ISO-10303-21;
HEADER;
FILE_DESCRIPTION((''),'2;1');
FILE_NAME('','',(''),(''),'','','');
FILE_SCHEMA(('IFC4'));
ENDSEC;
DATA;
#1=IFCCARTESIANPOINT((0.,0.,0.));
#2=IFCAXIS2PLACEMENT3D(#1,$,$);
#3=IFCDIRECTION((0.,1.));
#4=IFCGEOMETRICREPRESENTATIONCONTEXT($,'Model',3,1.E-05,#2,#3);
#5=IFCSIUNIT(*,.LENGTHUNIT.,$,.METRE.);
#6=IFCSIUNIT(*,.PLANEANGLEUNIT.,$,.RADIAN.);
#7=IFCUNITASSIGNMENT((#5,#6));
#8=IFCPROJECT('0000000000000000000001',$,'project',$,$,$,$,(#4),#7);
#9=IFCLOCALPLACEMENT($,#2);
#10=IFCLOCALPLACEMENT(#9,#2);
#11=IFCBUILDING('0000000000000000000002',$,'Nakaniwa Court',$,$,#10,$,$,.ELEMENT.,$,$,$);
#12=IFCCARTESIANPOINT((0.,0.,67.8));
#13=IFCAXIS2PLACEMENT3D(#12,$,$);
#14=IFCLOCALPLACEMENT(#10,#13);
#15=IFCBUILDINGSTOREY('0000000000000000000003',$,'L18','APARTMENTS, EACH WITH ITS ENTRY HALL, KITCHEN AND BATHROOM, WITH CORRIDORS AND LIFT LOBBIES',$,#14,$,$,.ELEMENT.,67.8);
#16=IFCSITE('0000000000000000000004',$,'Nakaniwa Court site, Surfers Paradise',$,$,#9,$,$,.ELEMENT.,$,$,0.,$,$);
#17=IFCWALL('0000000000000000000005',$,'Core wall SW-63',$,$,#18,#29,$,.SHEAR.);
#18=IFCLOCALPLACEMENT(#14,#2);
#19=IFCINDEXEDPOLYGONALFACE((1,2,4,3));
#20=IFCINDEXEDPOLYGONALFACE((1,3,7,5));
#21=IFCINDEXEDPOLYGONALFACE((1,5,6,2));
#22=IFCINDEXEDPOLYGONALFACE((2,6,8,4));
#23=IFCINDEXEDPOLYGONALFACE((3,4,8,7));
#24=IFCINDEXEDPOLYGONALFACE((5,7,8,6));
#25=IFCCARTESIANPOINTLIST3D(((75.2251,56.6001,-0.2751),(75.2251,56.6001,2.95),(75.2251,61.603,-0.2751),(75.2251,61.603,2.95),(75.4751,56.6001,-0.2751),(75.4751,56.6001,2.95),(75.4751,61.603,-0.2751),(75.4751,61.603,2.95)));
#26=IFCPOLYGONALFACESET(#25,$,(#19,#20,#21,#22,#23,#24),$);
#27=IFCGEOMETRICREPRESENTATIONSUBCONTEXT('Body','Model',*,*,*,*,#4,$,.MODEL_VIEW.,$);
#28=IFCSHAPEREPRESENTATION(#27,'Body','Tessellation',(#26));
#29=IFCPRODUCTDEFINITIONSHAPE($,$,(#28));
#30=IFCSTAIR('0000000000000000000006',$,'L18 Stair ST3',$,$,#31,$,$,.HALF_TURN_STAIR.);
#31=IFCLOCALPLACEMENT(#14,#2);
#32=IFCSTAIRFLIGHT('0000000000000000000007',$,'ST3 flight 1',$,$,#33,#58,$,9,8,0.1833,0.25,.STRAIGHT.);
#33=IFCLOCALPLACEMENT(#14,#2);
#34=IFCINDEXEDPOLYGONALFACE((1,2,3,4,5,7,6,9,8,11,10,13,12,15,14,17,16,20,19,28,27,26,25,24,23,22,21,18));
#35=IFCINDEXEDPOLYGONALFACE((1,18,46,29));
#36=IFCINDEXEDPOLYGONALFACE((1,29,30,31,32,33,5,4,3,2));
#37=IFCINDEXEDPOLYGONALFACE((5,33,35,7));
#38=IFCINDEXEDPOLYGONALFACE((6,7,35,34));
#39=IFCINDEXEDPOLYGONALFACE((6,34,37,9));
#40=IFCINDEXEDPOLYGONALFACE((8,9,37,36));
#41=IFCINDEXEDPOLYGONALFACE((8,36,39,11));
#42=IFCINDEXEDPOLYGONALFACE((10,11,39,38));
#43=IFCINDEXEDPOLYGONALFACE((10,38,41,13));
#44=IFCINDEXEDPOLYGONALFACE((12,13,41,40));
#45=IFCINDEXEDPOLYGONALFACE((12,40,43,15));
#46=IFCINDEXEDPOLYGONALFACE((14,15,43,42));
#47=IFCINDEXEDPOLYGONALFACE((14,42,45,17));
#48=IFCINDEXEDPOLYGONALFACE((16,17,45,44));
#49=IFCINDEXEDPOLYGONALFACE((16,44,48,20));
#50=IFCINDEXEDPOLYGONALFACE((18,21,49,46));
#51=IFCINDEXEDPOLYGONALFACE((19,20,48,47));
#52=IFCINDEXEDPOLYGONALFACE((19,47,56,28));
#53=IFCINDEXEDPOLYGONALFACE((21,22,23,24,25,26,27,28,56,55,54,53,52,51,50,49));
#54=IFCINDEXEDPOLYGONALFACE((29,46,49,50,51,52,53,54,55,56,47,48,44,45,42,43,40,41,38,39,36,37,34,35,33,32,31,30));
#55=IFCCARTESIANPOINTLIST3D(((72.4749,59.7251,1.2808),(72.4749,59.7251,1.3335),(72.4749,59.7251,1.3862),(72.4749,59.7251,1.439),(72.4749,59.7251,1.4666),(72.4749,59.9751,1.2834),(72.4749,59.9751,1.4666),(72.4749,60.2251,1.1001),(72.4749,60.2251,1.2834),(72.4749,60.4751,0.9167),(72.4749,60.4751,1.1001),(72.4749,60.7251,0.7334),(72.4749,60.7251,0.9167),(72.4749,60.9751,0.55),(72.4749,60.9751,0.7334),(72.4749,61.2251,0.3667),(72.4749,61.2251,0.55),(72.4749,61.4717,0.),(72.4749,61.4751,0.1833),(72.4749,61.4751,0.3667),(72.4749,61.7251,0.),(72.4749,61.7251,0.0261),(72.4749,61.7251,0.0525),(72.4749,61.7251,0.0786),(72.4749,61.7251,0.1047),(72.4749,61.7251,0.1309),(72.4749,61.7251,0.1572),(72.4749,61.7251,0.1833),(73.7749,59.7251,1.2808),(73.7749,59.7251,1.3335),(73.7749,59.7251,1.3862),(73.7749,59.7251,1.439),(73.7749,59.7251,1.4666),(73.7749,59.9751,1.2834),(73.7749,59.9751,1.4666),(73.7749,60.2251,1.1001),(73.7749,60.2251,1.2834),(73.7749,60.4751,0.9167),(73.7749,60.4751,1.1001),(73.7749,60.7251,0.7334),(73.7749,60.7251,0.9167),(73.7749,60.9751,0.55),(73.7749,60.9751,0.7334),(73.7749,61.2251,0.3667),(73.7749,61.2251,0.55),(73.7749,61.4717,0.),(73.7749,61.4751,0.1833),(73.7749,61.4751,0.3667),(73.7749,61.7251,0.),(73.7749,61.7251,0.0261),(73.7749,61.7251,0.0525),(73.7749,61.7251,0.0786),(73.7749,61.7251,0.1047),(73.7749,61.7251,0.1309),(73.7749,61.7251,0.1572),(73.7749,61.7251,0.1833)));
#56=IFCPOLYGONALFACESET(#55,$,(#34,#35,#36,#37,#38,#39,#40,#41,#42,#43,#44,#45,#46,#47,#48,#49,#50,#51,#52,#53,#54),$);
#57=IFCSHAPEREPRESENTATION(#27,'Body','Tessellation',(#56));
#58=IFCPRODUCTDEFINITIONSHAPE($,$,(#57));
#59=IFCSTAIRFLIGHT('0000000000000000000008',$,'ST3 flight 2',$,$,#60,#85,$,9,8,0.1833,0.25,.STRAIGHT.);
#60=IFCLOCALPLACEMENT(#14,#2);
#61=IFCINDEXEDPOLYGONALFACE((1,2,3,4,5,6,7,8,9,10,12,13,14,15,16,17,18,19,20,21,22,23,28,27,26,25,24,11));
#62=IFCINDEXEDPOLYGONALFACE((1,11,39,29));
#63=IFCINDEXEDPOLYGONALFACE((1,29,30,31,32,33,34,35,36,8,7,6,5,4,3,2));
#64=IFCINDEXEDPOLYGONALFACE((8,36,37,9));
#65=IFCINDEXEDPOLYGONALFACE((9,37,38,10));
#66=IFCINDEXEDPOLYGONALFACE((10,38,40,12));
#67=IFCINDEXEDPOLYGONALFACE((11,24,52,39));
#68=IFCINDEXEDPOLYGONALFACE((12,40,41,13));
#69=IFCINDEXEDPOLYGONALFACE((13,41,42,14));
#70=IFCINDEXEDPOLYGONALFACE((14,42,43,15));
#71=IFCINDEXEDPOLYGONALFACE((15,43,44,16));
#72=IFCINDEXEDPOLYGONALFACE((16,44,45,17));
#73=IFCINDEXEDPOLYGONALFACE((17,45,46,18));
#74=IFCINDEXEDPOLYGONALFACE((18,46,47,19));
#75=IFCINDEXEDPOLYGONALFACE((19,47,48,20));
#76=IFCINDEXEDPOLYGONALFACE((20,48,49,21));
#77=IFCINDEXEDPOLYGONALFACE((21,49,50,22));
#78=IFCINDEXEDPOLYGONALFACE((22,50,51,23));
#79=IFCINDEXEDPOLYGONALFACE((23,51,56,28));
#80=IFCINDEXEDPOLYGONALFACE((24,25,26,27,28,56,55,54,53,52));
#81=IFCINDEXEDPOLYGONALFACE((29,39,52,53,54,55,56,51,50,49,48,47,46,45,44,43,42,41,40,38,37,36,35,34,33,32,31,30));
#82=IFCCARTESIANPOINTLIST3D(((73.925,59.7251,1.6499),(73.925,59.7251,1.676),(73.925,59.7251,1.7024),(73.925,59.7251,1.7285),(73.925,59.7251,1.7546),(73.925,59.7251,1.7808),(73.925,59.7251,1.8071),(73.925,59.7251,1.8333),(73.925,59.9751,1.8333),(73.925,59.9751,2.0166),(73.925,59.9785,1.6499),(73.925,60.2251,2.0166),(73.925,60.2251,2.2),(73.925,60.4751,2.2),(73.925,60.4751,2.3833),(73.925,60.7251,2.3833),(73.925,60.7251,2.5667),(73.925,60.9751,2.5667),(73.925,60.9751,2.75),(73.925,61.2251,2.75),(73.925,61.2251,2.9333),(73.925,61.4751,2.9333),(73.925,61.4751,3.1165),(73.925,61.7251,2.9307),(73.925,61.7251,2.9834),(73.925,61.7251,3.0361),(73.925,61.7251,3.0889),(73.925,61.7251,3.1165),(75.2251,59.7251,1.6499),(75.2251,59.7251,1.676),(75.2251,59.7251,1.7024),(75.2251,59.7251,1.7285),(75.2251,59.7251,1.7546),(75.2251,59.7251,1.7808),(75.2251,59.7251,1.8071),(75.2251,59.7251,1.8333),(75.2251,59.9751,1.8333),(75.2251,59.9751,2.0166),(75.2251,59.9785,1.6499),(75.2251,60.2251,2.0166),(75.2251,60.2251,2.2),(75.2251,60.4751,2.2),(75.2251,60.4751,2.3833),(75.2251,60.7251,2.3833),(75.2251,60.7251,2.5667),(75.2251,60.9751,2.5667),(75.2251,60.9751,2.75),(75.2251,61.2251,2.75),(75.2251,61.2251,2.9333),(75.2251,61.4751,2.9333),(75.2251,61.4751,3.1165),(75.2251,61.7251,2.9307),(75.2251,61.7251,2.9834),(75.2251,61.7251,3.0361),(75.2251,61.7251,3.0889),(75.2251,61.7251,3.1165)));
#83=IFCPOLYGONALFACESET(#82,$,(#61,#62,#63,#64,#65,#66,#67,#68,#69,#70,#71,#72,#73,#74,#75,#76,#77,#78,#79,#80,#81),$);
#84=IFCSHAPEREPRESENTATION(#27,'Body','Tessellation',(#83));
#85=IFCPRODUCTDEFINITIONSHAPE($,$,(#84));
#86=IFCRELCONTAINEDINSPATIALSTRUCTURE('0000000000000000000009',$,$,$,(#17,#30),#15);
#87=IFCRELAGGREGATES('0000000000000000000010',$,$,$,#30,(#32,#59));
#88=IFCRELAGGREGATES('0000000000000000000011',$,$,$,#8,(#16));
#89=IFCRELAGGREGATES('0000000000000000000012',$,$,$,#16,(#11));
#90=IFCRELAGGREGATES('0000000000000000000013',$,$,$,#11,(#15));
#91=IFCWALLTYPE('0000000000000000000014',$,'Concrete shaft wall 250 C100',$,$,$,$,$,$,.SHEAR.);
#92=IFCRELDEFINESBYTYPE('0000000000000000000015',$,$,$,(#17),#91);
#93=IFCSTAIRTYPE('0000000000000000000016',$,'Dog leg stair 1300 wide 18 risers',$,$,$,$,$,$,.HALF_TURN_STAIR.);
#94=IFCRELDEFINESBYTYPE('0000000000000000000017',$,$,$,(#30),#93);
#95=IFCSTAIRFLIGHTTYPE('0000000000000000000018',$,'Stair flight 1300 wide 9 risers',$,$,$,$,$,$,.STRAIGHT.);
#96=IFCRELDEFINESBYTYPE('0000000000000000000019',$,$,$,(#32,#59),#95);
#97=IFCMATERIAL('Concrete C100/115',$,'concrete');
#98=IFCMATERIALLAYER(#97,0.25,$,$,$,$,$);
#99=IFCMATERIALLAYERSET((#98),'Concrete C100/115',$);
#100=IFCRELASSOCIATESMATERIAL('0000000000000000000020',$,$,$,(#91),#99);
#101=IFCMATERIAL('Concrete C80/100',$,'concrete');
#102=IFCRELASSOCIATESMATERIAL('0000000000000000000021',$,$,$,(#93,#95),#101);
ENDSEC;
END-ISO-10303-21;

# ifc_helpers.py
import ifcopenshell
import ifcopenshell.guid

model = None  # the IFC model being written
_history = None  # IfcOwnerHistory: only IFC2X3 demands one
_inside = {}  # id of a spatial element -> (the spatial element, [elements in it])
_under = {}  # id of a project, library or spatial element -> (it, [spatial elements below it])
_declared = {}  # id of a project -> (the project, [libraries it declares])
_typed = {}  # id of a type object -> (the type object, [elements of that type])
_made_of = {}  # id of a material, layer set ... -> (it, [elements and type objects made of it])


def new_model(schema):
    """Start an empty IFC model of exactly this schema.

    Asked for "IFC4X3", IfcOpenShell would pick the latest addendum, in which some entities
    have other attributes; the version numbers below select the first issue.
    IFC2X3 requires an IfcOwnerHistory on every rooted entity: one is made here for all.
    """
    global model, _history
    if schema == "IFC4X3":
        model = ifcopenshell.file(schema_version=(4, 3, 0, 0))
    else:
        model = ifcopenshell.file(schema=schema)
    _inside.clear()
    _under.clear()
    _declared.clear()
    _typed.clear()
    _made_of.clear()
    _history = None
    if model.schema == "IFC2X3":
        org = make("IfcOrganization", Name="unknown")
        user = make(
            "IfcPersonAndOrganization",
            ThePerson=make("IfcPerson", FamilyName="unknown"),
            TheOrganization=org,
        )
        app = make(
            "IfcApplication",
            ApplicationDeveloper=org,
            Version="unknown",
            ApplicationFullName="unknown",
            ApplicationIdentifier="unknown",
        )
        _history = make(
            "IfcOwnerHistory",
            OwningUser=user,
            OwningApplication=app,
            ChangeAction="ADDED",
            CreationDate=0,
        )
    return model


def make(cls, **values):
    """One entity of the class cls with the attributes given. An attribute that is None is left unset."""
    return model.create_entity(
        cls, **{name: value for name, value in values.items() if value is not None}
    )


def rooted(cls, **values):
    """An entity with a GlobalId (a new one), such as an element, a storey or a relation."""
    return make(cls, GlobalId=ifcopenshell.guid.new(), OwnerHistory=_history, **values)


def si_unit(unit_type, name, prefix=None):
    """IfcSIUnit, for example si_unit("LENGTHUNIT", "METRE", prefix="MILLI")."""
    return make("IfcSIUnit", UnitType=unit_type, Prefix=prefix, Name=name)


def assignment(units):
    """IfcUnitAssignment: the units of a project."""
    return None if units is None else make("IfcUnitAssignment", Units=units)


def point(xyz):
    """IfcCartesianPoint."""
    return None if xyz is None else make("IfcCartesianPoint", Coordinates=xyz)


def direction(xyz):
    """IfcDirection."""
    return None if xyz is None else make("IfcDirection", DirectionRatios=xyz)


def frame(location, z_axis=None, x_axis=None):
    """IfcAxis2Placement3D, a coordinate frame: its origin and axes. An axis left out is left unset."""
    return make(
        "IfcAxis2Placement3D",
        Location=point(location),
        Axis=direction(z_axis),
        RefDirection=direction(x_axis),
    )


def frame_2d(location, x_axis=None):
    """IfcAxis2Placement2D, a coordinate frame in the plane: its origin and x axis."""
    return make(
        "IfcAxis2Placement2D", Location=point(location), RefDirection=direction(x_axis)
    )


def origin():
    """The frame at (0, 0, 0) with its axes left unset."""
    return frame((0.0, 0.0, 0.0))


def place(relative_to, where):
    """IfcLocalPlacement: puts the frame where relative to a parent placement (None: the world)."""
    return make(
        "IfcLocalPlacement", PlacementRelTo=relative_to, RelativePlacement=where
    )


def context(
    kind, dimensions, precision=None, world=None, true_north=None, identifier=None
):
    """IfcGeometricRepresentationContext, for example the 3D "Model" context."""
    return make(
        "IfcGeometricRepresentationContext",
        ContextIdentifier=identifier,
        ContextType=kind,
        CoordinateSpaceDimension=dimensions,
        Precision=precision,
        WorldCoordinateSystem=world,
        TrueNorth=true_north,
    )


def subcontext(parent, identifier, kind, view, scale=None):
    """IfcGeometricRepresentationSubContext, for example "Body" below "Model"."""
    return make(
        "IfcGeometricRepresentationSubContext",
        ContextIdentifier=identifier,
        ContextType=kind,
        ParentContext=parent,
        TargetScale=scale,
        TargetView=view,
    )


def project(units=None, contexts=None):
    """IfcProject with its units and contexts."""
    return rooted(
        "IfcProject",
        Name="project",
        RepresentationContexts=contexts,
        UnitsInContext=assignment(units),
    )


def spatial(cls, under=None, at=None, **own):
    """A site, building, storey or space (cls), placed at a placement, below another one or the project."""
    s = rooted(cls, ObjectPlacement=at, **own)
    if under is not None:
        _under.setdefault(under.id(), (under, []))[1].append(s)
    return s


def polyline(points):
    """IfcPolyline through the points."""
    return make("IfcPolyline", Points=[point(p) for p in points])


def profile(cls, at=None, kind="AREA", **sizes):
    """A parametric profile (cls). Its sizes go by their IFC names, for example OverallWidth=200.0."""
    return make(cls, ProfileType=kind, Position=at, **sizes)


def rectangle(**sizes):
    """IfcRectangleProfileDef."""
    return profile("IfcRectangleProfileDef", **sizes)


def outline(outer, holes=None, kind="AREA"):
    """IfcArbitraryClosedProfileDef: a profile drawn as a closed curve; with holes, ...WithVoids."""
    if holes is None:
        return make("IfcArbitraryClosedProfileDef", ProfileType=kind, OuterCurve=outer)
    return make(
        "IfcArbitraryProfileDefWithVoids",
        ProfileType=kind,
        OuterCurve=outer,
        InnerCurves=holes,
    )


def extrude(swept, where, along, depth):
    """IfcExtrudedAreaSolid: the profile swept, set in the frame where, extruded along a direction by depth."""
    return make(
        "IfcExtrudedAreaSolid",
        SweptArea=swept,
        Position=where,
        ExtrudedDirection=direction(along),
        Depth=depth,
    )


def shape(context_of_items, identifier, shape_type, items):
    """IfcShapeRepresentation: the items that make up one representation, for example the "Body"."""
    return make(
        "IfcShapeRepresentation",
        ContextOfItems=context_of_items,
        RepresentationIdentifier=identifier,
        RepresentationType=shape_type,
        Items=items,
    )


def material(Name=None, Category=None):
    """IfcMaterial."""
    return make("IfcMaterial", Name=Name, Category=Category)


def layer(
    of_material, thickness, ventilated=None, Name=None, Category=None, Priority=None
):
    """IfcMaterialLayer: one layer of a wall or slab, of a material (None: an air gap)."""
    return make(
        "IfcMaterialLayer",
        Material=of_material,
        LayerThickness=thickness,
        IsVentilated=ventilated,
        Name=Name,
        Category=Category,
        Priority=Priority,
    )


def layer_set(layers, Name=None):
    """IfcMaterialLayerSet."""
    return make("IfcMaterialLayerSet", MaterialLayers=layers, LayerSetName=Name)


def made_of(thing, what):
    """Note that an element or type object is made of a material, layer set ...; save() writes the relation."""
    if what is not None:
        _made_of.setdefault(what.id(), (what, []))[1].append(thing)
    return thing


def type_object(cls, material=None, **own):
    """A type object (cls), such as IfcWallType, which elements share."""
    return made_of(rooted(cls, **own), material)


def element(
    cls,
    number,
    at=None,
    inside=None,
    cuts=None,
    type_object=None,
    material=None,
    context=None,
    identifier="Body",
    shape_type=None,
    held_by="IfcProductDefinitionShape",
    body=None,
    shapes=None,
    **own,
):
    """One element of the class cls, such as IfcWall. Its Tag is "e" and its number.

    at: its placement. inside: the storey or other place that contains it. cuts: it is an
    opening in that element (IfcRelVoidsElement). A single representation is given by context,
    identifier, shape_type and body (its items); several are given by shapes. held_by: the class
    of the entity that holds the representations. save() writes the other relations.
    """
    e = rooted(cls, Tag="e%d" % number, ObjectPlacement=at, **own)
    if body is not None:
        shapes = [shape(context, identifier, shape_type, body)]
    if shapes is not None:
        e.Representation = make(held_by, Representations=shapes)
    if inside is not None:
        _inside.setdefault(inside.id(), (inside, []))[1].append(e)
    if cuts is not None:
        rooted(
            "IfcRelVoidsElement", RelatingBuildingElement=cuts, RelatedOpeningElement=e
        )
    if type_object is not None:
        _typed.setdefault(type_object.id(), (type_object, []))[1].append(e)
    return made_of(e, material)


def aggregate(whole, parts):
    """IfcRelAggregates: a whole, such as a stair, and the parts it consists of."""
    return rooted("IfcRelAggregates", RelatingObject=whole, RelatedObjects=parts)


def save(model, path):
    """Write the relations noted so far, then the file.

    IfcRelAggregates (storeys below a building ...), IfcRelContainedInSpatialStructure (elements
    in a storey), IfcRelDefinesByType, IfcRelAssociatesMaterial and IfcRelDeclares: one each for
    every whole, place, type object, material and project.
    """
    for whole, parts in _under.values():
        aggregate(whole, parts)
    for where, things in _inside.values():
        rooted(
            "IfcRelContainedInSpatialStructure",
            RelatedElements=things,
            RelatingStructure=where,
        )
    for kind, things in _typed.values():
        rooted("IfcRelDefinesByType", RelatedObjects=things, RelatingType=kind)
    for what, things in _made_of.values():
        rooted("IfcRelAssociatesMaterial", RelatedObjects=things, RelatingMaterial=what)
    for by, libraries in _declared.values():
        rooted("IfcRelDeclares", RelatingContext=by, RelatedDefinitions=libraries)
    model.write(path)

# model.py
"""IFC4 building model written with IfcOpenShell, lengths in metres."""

from ifc_helpers import new_model, si_unit, direction, frame, frame_2d, origin, place, context, subcontext, project, spatial, polyline, rectangle, outline, extrude, material, layer, layer_set, type_object, element, aggregate, save


model = new_model("IFC4")

# Units and contexts
model_context = context("Model", 3, precision=1e-05, world=origin(), true_north=direction((0.0, 1.0)))
body_context = subcontext(model_context, "Body", "Model", "MODEL_VIEW")
ifc_project = project(units=[si_unit("LENGTHUNIT", "METRE"), si_unit("PLANEANGLEUNIT", "RADIAN")], contexts=[model_context])

# Site, building, storey
site_placement = place(None, origin())
site = spatial("IfcSite", under=ifc_project, at=site_placement, Name="Nakaniwa Court site, Surfers Paradise", CompositionType="ELEMENT", RefElevation=0.0)
building_placement = place(site_placement, origin())
building = spatial("IfcBuilding", under=site, at=building_placement, Name="Nakaniwa Court", CompositionType="ELEMENT")
storey_placement = place(building_placement, frame((0.0, 0.0, 67.8)))
storey = spatial("IfcBuildingStorey", under=building, at=storey_placement, Name="L18", Description="APARTMENTS, EACH WITH ITS ENTRY HALL, KITCHEN AND BATHROOM, WITH CORRIDORS AND LIFT LOBBIES", CompositionType="ELEMENT", Elevation=67.8)

# Shared definitions
ifc_material_1 = material(Name="Concrete C80/100", Category="concrete")

# Shared definitions
ifc_material_2 = material(Name="Concrete C100/115", Category="concrete")

# Wall
ifc_layer_1 = layer(ifc_material_2, 0.25)
ifc_layer_set_1 = layer_set([ifc_layer_1], Name="Concrete C100/115")
wall_type_1 = type_object("IfcWallType", Name="Concrete shaft wall 250 C100", PredefinedType="SHEAR", material=ifc_layer_set_1)
wall_1_placement = place(storey_placement, frame((75.3501, 56.6001, -0.2751), z_axis=(0.0, 0.0, 1.0), x_axis=(0.0, 1.0, 0.0)))
element("IfcWall", 1, at=wall_1_placement, inside=storey, type_object=wall_type_1, Name="Core wall SW-63", PredefinedType="SHEAR", context=body_context, shape_type="SweptSolid", body=[
    extrude(rectangle(XDim=5.0029, YDim=0.25, at=frame_2d((2.5015, 0.0))), origin(), (0.0, 0.0, 1.0), 3.2251),
])

# Stair, stair flights
stair_type = type_object("IfcStairType", Name="Dog leg stair 1300 wide 18 risers", PredefinedType="HALF_TURN_STAIR", material=ifc_material_1)
stair_placement = place(storey_placement, origin())
stair = element("IfcStair", 2, at=stair_placement, inside=storey, type_object=stair_type, Name="L18 Stair ST3", PredefinedType="HALF_TURN_STAIR")
stair_flight_type = type_object("IfcStairFlightType", Name="Stair flight 1300 wide 9 risers", PredefinedType="STRAIGHT", material=ifc_material_1)
stair_flight_1_placement = place(storey_placement, frame((73.125, 61.7251, 0.0), z_axis=(0.0, 0.0, 1.0), x_axis=(0.0, -1.0, 0.0)))
stair_flight_1 = element("IfcStairFlight", 3, at=stair_flight_1_placement, type_object=stair_flight_type, Name="ST3 flight 1", NumberOfRisers=9, NumberOfTreads=8, PredefinedType="STRAIGHT", RiserHeight=0.1833, TreadLength=0.25, context=body_context, shape_type="SweptSolid", body=[
    extrude(outline(polyline([(0.0, 0.0), (0.0, 0.0261), (0.0, 0.0525), (0.0, 0.0786), (0.0, 0.1047), (0.0, 0.1309), (0.0, 0.1572), (0.0, 0.1833), (0.25, 0.1833), (0.25, 0.3667), (0.5, 0.3667), (0.5, 0.55), (0.75, 0.55), (0.75, 0.7334), (1.0, 0.7334), (1.0, 0.9167), (1.25, 0.9167), (1.25, 1.1001), (1.5, 1.1001), (1.5, 1.2834), (1.75, 1.2834), (1.75, 1.4666), (2.0, 1.4666), (2.0, 1.6499), (2.0, 1.5972), (2.0, 1.5444), (2.0, 1.4917), (2.0, 1.439), (2.0, 1.3862), (2.0, 1.3335), (2.0, 1.2808), (0.2534, 0.0), (0.0, 0.0)])), frame((0.0, 0.6499, 0.0), z_axis=(0.0, -1.0, 0.0), x_axis=(1.0, 0.0, 0.0)), (0.0, 0.0, 1.0), 1.3),
])
stair_flight_2_placement = place(storey_placement, frame((74.575, 59.7251, 1.6499), z_axis=(0.0, 0.0, 1.0), x_axis=(0.0, 1.0, 0.0)))
stair_flight_2 = element("IfcStairFlight", 4, at=stair_flight_2_placement, type_object=stair_flight_type, Name="ST3 flight 2", NumberOfRisers=9, NumberOfTreads=8, PredefinedType="STRAIGHT", RiserHeight=0.1833, TreadLength=0.25, context=body_context, shape_type="SweptSolid", body=[
    extrude(outline(polyline([(0.0, 0.0), (0.0, 0.0261), (0.0, 0.0525), (0.0, 0.0786), (0.0, 0.1047), (0.0, 0.1309), (0.0, 0.1572), (0.0, 0.1833), (0.25, 0.1833), (0.25, 0.3667), (0.5, 0.3667), (0.5, 0.55), (0.75, 0.55), (0.75, 0.7334), (1.0, 0.7334), (1.0, 0.9167), (1.25, 0.9167), (1.25, 1.1001), (1.5, 1.1001), (1.5, 1.2834), (1.75, 1.2834), (1.75, 1.4666), (2.0, 1.4666), (2.0, 1.6499), (2.0, 1.5972), (2.0, 1.5444), (2.0, 1.4917), (2.0, 1.439), (2.0, 1.3862), (2.0, 1.3335), (2.0, 1.2808), (0.2534, 0.0), (0.0, 0.0)])), frame((0.0, 0.6499, 0.0), z_axis=(0.0, -1.0, 0.0), x_axis=(1.0, 0.0, 0.0)), (0.0, 0.0, 1.0), 1.3),
])
aggregate(stair, [stair_flight_1, stair_flight_2])

save(model, "model.ifc")
